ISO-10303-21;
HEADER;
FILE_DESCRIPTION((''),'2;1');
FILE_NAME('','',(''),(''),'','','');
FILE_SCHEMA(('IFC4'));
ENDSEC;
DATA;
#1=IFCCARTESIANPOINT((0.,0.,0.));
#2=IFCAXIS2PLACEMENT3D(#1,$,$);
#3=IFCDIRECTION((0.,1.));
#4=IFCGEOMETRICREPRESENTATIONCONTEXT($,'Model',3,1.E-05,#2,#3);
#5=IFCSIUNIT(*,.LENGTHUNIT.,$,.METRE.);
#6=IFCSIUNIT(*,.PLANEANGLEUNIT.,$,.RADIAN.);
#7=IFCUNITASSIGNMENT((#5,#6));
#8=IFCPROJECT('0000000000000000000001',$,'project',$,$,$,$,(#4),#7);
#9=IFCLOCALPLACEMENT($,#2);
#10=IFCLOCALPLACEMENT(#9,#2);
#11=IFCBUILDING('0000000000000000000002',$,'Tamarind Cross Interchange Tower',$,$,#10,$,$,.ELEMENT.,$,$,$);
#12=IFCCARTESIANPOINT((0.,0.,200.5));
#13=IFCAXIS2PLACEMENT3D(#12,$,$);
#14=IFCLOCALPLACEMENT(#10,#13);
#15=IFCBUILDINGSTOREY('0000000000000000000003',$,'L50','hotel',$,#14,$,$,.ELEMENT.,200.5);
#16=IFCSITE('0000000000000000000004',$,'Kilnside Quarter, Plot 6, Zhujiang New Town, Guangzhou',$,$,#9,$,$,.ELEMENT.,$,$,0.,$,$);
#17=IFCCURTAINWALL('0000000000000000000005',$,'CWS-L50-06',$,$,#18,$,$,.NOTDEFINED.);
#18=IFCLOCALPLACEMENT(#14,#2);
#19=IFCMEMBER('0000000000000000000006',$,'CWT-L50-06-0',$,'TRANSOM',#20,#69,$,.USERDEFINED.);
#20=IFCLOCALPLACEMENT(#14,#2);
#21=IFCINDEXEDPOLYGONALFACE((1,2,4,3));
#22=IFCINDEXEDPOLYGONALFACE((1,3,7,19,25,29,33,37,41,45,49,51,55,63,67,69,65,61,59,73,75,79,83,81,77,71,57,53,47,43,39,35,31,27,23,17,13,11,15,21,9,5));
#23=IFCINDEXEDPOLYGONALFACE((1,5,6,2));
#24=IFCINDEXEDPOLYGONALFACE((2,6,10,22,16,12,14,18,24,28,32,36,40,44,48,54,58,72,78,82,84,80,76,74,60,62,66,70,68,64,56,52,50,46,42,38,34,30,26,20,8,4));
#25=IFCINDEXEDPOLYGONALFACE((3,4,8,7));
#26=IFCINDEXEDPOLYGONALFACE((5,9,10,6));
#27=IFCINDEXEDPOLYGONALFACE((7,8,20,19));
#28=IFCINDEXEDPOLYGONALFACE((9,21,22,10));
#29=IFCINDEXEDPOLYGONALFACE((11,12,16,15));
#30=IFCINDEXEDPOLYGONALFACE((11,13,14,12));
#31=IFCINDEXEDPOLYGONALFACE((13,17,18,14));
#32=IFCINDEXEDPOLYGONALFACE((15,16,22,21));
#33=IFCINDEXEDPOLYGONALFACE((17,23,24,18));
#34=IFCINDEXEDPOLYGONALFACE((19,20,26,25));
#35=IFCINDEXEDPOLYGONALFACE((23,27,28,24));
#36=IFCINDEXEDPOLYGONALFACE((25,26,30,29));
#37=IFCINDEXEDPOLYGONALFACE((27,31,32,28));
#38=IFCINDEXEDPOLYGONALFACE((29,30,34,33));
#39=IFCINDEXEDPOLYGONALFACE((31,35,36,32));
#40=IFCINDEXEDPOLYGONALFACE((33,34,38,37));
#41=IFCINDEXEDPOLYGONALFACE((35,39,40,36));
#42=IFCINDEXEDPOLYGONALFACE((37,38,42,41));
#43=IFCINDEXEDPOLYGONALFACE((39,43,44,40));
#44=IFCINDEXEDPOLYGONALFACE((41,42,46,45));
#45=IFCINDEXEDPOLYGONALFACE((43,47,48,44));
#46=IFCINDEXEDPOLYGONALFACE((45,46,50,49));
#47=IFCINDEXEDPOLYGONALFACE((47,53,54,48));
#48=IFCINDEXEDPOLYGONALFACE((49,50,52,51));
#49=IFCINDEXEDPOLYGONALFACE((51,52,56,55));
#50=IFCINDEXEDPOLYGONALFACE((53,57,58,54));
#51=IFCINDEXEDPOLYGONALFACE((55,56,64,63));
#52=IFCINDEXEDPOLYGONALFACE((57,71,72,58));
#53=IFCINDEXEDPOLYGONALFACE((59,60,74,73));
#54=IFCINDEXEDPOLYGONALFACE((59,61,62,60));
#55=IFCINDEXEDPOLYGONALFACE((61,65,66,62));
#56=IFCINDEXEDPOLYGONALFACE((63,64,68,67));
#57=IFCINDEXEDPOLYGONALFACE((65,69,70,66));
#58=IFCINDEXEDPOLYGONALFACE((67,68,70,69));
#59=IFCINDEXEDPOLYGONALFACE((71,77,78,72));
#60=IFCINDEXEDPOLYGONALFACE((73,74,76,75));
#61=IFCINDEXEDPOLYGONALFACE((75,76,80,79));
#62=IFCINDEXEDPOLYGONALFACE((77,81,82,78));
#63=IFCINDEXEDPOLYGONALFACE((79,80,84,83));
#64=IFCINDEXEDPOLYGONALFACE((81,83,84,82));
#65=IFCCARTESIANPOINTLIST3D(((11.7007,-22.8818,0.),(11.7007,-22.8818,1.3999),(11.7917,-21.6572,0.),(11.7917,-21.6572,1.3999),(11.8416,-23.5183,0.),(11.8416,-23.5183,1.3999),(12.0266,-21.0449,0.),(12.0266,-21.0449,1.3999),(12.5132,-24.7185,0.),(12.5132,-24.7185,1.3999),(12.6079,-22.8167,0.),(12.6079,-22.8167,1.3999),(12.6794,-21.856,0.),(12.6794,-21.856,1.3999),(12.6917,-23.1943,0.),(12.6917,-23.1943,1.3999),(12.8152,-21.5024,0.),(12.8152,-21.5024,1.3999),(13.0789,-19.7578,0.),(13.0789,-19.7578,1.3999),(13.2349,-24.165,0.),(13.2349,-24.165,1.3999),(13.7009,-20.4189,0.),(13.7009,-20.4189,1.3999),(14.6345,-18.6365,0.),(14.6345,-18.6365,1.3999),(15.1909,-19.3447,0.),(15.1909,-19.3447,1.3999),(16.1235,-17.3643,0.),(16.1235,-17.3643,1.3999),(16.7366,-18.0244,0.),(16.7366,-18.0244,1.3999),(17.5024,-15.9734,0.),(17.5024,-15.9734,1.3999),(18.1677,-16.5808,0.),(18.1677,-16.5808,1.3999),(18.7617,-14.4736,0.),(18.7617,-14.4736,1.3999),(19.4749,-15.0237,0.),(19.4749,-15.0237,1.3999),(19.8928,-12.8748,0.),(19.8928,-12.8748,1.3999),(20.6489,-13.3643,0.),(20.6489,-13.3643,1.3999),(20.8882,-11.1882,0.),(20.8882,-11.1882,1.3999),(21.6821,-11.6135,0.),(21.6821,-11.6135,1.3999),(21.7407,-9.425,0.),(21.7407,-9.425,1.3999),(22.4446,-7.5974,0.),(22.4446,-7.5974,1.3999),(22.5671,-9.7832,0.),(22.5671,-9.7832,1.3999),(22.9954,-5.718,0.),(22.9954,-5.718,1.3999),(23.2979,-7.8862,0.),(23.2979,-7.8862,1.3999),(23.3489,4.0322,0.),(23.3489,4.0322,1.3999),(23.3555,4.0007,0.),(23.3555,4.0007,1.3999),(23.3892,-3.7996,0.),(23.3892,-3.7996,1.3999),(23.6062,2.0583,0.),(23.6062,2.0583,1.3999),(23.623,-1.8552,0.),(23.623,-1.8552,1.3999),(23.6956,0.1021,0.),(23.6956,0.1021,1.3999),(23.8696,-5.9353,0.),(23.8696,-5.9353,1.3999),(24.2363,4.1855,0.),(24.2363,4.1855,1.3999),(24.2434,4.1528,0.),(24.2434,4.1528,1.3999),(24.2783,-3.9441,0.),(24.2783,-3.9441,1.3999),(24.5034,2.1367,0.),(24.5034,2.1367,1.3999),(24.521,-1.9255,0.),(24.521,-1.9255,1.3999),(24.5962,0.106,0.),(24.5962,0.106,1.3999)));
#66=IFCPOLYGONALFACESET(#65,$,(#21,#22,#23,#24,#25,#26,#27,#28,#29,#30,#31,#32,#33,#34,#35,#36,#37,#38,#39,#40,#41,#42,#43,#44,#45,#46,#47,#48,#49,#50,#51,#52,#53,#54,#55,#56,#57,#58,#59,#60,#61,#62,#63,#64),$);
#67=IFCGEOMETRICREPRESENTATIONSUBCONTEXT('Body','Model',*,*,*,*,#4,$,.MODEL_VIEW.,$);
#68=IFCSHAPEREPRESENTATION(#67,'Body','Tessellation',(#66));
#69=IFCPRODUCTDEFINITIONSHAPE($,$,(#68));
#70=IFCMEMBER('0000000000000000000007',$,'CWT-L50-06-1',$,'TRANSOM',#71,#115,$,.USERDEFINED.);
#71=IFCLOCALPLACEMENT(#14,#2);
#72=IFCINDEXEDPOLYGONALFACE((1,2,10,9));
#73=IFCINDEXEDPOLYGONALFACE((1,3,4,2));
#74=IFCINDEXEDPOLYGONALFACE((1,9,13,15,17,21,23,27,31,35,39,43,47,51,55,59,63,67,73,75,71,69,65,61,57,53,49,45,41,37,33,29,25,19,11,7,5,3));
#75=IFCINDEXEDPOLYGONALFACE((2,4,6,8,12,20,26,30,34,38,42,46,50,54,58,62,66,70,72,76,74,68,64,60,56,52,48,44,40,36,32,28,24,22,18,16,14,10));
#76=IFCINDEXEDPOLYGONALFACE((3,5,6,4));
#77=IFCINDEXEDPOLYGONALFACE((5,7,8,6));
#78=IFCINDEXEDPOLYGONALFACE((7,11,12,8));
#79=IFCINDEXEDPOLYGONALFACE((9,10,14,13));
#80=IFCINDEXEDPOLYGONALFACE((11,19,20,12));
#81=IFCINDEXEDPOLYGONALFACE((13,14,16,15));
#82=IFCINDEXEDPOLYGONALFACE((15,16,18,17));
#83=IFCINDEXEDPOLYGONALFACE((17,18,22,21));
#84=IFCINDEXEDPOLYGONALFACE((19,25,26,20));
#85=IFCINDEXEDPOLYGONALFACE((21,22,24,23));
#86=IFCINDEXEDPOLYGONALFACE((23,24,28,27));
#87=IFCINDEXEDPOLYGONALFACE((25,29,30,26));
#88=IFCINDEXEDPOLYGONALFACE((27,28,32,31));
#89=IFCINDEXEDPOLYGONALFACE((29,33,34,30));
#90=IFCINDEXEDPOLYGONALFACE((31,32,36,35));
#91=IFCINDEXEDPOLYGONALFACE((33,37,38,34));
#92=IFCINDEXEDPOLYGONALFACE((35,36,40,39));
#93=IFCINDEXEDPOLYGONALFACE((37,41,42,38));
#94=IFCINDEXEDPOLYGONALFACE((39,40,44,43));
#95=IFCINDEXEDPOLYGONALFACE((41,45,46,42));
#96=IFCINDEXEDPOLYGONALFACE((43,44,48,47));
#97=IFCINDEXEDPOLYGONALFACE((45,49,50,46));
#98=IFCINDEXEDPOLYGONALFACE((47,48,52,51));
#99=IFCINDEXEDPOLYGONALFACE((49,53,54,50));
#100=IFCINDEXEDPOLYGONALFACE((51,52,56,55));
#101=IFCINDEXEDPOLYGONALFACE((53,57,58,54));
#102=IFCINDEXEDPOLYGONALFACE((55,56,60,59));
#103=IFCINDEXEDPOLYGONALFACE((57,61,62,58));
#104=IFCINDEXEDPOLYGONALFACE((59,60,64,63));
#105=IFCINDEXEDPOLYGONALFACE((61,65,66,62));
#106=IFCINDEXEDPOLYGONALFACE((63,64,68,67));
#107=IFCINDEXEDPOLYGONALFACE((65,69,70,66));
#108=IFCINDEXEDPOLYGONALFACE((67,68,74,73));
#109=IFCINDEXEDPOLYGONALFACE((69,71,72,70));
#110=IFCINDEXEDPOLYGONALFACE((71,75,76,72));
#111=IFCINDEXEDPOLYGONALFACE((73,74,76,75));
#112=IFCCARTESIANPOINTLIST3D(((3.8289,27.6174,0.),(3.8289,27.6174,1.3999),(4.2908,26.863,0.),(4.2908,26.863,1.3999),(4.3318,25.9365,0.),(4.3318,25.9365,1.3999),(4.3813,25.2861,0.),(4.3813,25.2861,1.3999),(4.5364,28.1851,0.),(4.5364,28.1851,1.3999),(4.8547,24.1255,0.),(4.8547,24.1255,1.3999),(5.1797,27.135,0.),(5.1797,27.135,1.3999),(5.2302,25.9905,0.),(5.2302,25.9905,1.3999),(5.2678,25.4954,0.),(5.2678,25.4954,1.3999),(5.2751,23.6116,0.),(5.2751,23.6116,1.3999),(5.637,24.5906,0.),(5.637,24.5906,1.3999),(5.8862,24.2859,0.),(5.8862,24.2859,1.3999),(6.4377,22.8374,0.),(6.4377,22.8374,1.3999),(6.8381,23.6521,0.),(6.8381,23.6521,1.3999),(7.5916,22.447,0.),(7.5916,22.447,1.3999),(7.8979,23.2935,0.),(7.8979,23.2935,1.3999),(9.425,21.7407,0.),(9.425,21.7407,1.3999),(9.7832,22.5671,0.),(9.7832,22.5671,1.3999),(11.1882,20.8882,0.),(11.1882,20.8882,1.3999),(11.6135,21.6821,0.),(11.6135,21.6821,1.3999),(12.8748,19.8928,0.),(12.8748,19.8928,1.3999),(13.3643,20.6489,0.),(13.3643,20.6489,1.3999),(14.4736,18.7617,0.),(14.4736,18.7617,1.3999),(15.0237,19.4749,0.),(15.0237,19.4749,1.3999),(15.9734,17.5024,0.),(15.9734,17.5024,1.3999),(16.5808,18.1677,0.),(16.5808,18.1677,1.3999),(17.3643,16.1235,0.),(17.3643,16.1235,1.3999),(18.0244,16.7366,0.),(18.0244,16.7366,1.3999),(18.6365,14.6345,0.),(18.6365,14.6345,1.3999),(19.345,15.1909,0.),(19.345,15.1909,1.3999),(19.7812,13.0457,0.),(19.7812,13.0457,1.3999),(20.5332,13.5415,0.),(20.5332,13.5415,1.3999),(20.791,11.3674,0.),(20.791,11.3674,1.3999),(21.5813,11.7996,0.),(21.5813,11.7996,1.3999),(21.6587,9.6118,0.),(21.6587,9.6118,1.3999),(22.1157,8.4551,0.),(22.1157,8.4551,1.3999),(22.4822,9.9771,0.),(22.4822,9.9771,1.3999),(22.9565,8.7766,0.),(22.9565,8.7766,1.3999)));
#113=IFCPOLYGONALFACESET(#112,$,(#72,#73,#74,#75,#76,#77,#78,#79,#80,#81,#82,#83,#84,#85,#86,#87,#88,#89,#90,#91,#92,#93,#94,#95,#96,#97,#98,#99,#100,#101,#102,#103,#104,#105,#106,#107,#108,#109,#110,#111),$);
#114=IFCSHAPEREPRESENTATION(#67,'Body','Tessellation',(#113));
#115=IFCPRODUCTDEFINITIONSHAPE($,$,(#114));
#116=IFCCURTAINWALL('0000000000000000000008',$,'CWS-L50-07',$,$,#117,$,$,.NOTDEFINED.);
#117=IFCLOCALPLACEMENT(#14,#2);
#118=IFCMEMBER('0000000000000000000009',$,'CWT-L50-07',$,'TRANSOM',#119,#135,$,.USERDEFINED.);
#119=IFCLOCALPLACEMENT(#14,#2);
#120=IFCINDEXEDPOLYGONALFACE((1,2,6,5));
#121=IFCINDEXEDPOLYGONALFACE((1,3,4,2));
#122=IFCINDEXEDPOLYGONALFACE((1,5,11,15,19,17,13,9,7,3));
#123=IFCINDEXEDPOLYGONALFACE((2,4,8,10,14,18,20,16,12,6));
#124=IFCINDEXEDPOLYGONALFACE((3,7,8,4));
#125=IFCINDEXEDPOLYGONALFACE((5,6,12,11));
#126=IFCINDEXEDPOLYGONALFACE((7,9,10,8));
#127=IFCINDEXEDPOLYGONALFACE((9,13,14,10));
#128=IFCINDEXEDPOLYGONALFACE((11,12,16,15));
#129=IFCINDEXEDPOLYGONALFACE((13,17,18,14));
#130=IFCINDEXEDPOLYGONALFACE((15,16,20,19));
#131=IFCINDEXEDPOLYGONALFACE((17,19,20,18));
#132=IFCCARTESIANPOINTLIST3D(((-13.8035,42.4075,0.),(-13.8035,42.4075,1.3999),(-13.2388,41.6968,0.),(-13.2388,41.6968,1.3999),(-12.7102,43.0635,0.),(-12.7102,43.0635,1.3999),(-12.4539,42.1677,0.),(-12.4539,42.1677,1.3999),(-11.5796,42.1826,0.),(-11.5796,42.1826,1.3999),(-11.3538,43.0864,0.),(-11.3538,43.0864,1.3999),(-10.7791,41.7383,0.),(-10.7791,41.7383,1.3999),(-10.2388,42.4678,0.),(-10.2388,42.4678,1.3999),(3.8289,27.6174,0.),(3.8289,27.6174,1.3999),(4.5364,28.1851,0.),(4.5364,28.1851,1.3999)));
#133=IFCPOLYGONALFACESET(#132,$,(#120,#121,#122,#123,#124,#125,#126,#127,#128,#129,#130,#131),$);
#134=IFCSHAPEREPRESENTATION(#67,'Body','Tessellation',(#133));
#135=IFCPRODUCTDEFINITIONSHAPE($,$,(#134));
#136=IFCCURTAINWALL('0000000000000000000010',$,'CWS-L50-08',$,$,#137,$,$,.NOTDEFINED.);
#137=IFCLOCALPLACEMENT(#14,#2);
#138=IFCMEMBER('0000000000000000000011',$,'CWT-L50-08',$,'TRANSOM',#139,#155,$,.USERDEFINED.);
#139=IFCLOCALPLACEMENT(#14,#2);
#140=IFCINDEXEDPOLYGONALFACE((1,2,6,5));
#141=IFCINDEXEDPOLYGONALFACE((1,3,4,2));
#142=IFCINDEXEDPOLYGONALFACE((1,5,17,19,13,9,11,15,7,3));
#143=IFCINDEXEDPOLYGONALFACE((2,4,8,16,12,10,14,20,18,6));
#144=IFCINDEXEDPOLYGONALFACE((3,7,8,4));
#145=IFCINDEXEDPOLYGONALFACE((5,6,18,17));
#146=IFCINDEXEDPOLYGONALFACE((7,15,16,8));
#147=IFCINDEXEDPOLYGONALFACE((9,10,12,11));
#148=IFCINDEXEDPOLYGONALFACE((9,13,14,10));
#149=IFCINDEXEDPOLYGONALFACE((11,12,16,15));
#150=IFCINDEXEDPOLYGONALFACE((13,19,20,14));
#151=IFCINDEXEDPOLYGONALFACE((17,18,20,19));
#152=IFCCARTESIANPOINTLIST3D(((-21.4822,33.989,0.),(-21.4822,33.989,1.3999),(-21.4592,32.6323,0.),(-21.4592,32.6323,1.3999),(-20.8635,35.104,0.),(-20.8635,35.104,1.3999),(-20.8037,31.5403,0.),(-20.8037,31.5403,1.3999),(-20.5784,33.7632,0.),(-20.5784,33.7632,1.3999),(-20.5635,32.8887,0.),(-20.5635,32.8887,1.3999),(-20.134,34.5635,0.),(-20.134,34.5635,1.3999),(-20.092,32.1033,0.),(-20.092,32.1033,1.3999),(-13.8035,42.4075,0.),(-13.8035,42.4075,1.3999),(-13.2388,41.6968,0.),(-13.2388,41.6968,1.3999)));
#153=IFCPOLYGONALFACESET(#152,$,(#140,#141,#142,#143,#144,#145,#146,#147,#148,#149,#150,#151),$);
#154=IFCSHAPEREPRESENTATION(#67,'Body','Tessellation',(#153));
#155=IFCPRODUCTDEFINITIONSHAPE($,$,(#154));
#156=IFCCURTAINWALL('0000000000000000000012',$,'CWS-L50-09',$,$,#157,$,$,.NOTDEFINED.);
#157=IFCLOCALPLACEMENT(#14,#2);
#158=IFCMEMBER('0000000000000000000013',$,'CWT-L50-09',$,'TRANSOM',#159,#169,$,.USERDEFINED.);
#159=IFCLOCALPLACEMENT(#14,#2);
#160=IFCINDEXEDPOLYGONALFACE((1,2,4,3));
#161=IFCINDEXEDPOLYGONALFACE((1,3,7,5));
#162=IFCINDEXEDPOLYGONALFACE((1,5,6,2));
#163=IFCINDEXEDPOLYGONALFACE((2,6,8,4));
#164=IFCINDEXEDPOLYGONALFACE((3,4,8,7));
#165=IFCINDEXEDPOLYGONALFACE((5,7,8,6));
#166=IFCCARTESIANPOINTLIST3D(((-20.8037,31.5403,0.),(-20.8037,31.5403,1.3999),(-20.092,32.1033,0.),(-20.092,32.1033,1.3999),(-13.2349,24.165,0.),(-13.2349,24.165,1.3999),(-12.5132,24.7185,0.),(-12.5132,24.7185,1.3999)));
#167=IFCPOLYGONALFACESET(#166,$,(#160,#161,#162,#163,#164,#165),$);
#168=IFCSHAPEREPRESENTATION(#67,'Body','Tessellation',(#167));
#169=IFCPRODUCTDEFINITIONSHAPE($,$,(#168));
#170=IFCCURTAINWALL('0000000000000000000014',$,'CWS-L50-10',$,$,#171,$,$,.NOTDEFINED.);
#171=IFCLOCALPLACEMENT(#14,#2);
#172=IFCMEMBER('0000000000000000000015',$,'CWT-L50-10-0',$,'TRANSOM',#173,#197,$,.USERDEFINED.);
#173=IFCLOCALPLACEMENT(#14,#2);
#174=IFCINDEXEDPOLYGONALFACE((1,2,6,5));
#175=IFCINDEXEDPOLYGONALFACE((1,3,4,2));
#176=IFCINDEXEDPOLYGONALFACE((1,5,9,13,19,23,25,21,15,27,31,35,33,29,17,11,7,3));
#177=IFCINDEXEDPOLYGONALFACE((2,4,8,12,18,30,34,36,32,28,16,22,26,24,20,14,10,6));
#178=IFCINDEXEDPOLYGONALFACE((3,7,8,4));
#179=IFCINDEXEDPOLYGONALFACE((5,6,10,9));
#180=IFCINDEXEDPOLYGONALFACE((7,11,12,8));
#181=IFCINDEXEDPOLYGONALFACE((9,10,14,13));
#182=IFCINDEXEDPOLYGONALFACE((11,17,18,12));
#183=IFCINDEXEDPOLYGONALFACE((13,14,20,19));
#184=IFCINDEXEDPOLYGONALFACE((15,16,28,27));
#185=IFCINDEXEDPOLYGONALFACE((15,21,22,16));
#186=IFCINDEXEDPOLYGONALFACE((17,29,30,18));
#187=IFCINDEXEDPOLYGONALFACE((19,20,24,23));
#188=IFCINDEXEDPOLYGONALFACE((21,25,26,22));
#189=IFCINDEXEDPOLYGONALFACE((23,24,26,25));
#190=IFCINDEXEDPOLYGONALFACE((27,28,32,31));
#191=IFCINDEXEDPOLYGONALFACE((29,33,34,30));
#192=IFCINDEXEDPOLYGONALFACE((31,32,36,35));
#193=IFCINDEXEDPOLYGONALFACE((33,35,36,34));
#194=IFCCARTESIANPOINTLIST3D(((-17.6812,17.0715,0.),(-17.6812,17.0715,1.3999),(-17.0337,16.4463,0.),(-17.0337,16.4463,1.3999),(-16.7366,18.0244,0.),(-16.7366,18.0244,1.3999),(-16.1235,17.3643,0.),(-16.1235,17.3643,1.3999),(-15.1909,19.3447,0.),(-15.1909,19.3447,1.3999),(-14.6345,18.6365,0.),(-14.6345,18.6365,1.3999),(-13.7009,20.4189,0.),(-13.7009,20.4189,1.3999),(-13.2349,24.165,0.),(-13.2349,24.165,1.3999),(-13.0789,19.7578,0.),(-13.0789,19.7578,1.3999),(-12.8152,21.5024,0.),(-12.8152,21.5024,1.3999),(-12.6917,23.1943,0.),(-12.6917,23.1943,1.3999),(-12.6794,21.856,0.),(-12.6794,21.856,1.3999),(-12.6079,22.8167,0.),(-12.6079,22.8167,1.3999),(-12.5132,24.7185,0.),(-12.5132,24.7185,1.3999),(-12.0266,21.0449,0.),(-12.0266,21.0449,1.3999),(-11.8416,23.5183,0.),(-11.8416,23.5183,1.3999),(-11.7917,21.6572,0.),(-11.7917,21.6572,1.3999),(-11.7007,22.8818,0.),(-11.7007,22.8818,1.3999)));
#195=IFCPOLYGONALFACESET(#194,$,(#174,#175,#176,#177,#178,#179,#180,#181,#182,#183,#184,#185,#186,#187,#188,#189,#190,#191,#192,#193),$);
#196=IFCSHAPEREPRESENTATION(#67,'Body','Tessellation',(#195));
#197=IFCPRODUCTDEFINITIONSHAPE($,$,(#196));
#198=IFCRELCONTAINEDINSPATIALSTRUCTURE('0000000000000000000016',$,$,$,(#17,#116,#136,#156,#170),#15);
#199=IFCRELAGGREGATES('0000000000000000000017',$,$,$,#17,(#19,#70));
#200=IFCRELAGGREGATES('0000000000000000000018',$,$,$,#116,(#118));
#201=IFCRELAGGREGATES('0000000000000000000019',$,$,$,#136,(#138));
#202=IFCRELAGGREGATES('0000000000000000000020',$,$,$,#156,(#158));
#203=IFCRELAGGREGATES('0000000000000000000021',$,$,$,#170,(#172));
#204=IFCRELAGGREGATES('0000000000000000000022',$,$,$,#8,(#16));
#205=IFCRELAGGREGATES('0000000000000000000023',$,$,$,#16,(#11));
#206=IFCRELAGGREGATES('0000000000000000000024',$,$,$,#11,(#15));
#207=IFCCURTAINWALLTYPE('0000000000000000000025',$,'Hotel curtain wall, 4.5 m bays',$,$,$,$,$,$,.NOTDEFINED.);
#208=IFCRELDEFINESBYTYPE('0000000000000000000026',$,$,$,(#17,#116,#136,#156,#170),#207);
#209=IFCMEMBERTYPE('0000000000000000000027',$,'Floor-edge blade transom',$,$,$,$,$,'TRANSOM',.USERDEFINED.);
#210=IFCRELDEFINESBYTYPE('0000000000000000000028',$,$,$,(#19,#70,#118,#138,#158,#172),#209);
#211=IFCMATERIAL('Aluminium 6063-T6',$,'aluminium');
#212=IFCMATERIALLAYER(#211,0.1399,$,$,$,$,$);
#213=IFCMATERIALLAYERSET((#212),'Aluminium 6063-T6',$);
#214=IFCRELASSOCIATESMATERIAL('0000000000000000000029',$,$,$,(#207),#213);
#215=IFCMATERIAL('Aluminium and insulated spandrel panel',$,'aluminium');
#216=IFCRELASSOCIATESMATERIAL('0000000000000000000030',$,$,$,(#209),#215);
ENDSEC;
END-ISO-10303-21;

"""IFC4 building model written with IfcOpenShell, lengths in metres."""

from ifc_helpers import new_model, si_unit, direction, frame, origin, place, context, subcontext, project, spatial, polyline, outline, extrude, material, layer, layer_set, type_object, element, aggregate, save


model = new_model("IFC4")

# Units and contexts
model_context = context("Model", 3, precision=1e-05, world=origin(), true_north=direction((0.0, 1.0)))
body_context = subcontext(model_context, "Body", "Model", "MODEL_VIEW")
ifc_project = project(units=[si_unit("LENGTHUNIT", "METRE"), si_unit("PLANEANGLEUNIT", "RADIAN")], contexts=[model_context])

# Site, building, storey
site_placement = place(None, origin())
site = spatial("IfcSite", under=ifc_project, at=site_placement, Name="Kilnside Quarter, Plot 6, Zhujiang New Town, Guangzhou", CompositionType="ELEMENT", RefElevation=0.0)
building_placement = place(site_placement, origin())
building = spatial("IfcBuilding", under=site, at=building_placement, Name="Tamarind Cross Interchange Tower", CompositionType="ELEMENT")
storey_placement = place(building_placement, frame((0.0, 0.0, 200.5)))
storey = spatial("IfcBuildingStorey", under=building, at=storey_placement, Name="L50", Description="hotel", CompositionType="ELEMENT", Elevation=200.5)

# Curtain wall, members
ifc_material_1 = material(Name="Aluminium 6063-T6", Category="aluminium")
ifc_layer_1 = layer(ifc_material_1, 0.1399)
ifc_layer_set_1 = layer_set([ifc_layer_1], Name="Aluminium 6063-T6")
curtain_wall_type = type_object("IfcCurtainWallType", Name="Hotel curtain wall, 4.5 m bays", PredefinedType="NOTDEFINED", material=ifc_layer_set_1)
curtain_wall_1_placement = place(storey_placement, origin())
curtain_wall_1 = element("IfcCurtainWall", 1, at=curtain_wall_1_placement, inside=storey, type_object=curtain_wall_type, Name="CWS-L50-06", PredefinedType="NOTDEFINED")
ifc_material_2 = material(Name="Aluminium and insulated spandrel panel", Category="aluminium")
member_type = type_object("IfcMemberType", Name="Floor-edge blade transom", ElementType="TRANSOM", PredefinedType="USERDEFINED", material=ifc_material_2)
member_1_placement = place(storey_placement, origin())
member_1 = element("IfcMember", 2, at=member_1_placement, type_object=member_type, Name="CWT-L50-06-0", ObjectType="TRANSOM", PredefinedType="USERDEFINED", context=body_context, shape_type="SweptSolid", body=[
    extrude(outline(polyline([(12.5132, -24.7185), (11.8416, -23.5183), (11.7007, -22.8818), (11.7917, -21.6572), (12.0266, -21.0449), (13.0789, -19.7578), (14.6345, -18.6365), (16.1235, -17.3643), (17.5024, -15.9734), (18.7617, -14.4736), (19.8928, -12.8748), (20.8882, -11.1882), (21.7407, -9.425), (22.4446, -7.5974), (22.9954, -5.718), (23.3892, -3.7996), (23.623, -1.8552), (23.6956, 0.1021), (23.6062, 2.0583), (23.3555, 4.0007), (23.3489, 4.0322), (24.2363, 4.1855), (24.2434, 4.1528), (24.5034, 2.1367), (24.5962, 0.106), (24.521, -1.9255), (24.2783, -3.9441), (23.8696, -5.9353), (23.2979, -7.8862), (22.5671, -9.7832), (21.6821, -11.6135), (20.6489, -13.3643), (19.4749, -15.0237), (18.1677, -16.5808), (16.7366, -18.0244), (15.1909, -19.3447), (13.7009, -20.4189), (12.8152, -21.5024), (12.6794, -21.856), (12.6079, -22.8167), (12.6917, -23.1943), (13.2349, -24.165), (12.5132, -24.7185)])), origin(), (0.0, 0.0, 1.0), 1.3999),
])
member_2_placement = place(storey_placement, origin())
member_2 = element("IfcMember", 3, at=member_2_placement, type_object=member_type, Name="CWT-L50-06-1", ObjectType="TRANSOM", PredefinedType="USERDEFINED", context=body_context, shape_type="SweptSolid", body=[
    extrude(outline(polyline([(22.1157, 8.4551), (21.6587, 9.6118), (20.791, 11.3674), (19.7812, 13.0457), (18.6365, 14.6345), (17.3643, 16.1235), (15.9734, 17.5024), (14.4736, 18.7617), (12.8748, 19.8928), (11.1882, 20.8882), (9.425, 21.7407), (7.5916, 22.447), (6.4377, 22.8374), (5.2751, 23.6116), (4.8547, 24.1255), (4.3813, 25.2861), (4.3318, 25.9365), (4.2908, 26.863), (3.8289, 27.6174), (4.5364, 28.1851), (5.1797, 27.135), (5.2302, 25.9905), (5.2678, 25.4954), (5.637, 24.5906), (5.8862, 24.2859), (6.8381, 23.6521), (7.8979, 23.2935), (9.7832, 22.5671), (11.6135, 21.6821), (13.3643, 20.6489), (15.0237, 19.4749), (16.5808, 18.1677), (18.0244, 16.7366), (19.345, 15.1909), (20.5332, 13.5415), (21.5813, 11.7996), (22.4822, 9.9771), (22.9565, 8.7766), (22.1157, 8.4551)])), origin(), (0.0, 0.0, 1.0), 1.3999),
])
aggregate(curtain_wall_1, [member_1, member_2])

# Curtain walls, members
curtain_wall_2_placement = place(storey_placement, origin())
curtain_wall_2 = element("IfcCurtainWall", 4, at=curtain_wall_2_placement, inside=storey, type_object=curtain_wall_type, Name="CWS-L50-07", PredefinedType="NOTDEFINED")
member_3_placement = place(storey_placement, origin())
member_3 = element("IfcMember", 5, at=member_3_placement, type_object=member_type, Name="CWT-L50-07", ObjectType="TRANSOM", PredefinedType="USERDEFINED", context=body_context, shape_type="SweptSolid", body=[
    extrude(outline(polyline([(3.8289, 27.6174), (-10.7791, 41.7383), (-11.5796, 42.1826), (-12.4539, 42.1677), (-13.2388, 41.6968), (-13.8035, 42.4075), (-12.7102, 43.0635), (-11.3538, 43.0864), (-10.2388, 42.4678), (4.5364, 28.1851), (3.8289, 27.6174)])), origin(), (0.0, 0.0, 1.0), 1.3999),
])
aggregate(curtain_wall_2, [member_3])
curtain_wall_3_placement = place(storey_placement, origin())
curtain_wall_3 = element("IfcCurtainWall", 6, at=curtain_wall_3_placement, inside=storey, type_object=curtain_wall_type, Name="CWS-L50-08", PredefinedType="NOTDEFINED")
member_4_placement = place(storey_placement, origin())
member_4 = element("IfcMember", 7, at=member_4_placement, type_object=member_type, Name="CWT-L50-08", ObjectType="TRANSOM", PredefinedType="USERDEFINED", context=body_context, shape_type="SweptSolid", body=[
    extrude(outline(polyline([(-13.2388, 41.6968), (-20.134, 34.5635), (-20.5784, 33.7632), (-20.5635, 32.8887), (-20.092, 32.1033), (-20.8037, 31.5403), (-21.4592, 32.6323), (-21.4822, 33.989), (-20.8635, 35.104), (-13.8035, 42.4075), (-13.2388, 41.6968)])), origin(), (0.0, 0.0, 1.0), 1.3999),
])
aggregate(curtain_wall_3, [member_4])
curtain_wall_4_placement = place(storey_placement, origin())
curtain_wall_4 = element("IfcCurtainWall", 8, at=curtain_wall_4_placement, inside=storey, type_object=curtain_wall_type, Name="CWS-L50-09", PredefinedType="NOTDEFINED")
member_5_placement = place(storey_placement, origin())
member_5 = element("IfcMember", 9, at=member_5_placement, type_object=member_type, Name="CWT-L50-09", ObjectType="TRANSOM", PredefinedType="USERDEFINED", context=body_context, shape_type="SweptSolid", body=[
    extrude(outline(polyline([(-20.092, 32.1033), (-12.5132, 24.7185), (-13.2349, 24.165), (-20.8037, 31.5403), (-20.092, 32.1033)])), origin(), (0.0, 0.0, 1.0), 1.3999),
])
aggregate(curtain_wall_4, [member_5])

# Curtain wall, member
curtain_wall_5_placement = place(storey_placement, origin())
curtain_wall_5 = element("IfcCurtainWall", 10, at=curtain_wall_5_placement, inside=storey, type_object=curtain_wall_type, Name="CWS-L50-10", PredefinedType="NOTDEFINED")
member_6_placement = place(storey_placement, origin())
member_6 = element("IfcMember", 11, at=member_6_placement, type_object=member_type, Name="CWT-L50-10-0", ObjectType="TRANSOM", PredefinedType="USERDEFINED", context=body_context, shape_type="SweptSolid", body=[
    extrude(outline(polyline([(-12.5132, 24.7185), (-11.8416, 23.5183), (-11.7007, 22.8818), (-11.7917, 21.6572), (-12.0266, 21.0449), (-13.0789, 19.7578), (-14.6345, 18.6365), (-16.1235, 17.3643), (-17.0337, 16.4463), (-17.6812, 17.0715), (-16.7366, 18.0244), (-15.1909, 19.3447), (-13.7009, 20.4189), (-12.8152, 21.5024), (-12.6794, 21.856), (-12.6079, 22.8167), (-12.6917, 23.1943), (-13.2349, 24.165), (-12.5132, 24.7185)])), origin(), (0.0, 0.0, 1.0), 1.3999),
])
aggregate(curtain_wall_5, [member_6])

save(model, "model.ifc")
